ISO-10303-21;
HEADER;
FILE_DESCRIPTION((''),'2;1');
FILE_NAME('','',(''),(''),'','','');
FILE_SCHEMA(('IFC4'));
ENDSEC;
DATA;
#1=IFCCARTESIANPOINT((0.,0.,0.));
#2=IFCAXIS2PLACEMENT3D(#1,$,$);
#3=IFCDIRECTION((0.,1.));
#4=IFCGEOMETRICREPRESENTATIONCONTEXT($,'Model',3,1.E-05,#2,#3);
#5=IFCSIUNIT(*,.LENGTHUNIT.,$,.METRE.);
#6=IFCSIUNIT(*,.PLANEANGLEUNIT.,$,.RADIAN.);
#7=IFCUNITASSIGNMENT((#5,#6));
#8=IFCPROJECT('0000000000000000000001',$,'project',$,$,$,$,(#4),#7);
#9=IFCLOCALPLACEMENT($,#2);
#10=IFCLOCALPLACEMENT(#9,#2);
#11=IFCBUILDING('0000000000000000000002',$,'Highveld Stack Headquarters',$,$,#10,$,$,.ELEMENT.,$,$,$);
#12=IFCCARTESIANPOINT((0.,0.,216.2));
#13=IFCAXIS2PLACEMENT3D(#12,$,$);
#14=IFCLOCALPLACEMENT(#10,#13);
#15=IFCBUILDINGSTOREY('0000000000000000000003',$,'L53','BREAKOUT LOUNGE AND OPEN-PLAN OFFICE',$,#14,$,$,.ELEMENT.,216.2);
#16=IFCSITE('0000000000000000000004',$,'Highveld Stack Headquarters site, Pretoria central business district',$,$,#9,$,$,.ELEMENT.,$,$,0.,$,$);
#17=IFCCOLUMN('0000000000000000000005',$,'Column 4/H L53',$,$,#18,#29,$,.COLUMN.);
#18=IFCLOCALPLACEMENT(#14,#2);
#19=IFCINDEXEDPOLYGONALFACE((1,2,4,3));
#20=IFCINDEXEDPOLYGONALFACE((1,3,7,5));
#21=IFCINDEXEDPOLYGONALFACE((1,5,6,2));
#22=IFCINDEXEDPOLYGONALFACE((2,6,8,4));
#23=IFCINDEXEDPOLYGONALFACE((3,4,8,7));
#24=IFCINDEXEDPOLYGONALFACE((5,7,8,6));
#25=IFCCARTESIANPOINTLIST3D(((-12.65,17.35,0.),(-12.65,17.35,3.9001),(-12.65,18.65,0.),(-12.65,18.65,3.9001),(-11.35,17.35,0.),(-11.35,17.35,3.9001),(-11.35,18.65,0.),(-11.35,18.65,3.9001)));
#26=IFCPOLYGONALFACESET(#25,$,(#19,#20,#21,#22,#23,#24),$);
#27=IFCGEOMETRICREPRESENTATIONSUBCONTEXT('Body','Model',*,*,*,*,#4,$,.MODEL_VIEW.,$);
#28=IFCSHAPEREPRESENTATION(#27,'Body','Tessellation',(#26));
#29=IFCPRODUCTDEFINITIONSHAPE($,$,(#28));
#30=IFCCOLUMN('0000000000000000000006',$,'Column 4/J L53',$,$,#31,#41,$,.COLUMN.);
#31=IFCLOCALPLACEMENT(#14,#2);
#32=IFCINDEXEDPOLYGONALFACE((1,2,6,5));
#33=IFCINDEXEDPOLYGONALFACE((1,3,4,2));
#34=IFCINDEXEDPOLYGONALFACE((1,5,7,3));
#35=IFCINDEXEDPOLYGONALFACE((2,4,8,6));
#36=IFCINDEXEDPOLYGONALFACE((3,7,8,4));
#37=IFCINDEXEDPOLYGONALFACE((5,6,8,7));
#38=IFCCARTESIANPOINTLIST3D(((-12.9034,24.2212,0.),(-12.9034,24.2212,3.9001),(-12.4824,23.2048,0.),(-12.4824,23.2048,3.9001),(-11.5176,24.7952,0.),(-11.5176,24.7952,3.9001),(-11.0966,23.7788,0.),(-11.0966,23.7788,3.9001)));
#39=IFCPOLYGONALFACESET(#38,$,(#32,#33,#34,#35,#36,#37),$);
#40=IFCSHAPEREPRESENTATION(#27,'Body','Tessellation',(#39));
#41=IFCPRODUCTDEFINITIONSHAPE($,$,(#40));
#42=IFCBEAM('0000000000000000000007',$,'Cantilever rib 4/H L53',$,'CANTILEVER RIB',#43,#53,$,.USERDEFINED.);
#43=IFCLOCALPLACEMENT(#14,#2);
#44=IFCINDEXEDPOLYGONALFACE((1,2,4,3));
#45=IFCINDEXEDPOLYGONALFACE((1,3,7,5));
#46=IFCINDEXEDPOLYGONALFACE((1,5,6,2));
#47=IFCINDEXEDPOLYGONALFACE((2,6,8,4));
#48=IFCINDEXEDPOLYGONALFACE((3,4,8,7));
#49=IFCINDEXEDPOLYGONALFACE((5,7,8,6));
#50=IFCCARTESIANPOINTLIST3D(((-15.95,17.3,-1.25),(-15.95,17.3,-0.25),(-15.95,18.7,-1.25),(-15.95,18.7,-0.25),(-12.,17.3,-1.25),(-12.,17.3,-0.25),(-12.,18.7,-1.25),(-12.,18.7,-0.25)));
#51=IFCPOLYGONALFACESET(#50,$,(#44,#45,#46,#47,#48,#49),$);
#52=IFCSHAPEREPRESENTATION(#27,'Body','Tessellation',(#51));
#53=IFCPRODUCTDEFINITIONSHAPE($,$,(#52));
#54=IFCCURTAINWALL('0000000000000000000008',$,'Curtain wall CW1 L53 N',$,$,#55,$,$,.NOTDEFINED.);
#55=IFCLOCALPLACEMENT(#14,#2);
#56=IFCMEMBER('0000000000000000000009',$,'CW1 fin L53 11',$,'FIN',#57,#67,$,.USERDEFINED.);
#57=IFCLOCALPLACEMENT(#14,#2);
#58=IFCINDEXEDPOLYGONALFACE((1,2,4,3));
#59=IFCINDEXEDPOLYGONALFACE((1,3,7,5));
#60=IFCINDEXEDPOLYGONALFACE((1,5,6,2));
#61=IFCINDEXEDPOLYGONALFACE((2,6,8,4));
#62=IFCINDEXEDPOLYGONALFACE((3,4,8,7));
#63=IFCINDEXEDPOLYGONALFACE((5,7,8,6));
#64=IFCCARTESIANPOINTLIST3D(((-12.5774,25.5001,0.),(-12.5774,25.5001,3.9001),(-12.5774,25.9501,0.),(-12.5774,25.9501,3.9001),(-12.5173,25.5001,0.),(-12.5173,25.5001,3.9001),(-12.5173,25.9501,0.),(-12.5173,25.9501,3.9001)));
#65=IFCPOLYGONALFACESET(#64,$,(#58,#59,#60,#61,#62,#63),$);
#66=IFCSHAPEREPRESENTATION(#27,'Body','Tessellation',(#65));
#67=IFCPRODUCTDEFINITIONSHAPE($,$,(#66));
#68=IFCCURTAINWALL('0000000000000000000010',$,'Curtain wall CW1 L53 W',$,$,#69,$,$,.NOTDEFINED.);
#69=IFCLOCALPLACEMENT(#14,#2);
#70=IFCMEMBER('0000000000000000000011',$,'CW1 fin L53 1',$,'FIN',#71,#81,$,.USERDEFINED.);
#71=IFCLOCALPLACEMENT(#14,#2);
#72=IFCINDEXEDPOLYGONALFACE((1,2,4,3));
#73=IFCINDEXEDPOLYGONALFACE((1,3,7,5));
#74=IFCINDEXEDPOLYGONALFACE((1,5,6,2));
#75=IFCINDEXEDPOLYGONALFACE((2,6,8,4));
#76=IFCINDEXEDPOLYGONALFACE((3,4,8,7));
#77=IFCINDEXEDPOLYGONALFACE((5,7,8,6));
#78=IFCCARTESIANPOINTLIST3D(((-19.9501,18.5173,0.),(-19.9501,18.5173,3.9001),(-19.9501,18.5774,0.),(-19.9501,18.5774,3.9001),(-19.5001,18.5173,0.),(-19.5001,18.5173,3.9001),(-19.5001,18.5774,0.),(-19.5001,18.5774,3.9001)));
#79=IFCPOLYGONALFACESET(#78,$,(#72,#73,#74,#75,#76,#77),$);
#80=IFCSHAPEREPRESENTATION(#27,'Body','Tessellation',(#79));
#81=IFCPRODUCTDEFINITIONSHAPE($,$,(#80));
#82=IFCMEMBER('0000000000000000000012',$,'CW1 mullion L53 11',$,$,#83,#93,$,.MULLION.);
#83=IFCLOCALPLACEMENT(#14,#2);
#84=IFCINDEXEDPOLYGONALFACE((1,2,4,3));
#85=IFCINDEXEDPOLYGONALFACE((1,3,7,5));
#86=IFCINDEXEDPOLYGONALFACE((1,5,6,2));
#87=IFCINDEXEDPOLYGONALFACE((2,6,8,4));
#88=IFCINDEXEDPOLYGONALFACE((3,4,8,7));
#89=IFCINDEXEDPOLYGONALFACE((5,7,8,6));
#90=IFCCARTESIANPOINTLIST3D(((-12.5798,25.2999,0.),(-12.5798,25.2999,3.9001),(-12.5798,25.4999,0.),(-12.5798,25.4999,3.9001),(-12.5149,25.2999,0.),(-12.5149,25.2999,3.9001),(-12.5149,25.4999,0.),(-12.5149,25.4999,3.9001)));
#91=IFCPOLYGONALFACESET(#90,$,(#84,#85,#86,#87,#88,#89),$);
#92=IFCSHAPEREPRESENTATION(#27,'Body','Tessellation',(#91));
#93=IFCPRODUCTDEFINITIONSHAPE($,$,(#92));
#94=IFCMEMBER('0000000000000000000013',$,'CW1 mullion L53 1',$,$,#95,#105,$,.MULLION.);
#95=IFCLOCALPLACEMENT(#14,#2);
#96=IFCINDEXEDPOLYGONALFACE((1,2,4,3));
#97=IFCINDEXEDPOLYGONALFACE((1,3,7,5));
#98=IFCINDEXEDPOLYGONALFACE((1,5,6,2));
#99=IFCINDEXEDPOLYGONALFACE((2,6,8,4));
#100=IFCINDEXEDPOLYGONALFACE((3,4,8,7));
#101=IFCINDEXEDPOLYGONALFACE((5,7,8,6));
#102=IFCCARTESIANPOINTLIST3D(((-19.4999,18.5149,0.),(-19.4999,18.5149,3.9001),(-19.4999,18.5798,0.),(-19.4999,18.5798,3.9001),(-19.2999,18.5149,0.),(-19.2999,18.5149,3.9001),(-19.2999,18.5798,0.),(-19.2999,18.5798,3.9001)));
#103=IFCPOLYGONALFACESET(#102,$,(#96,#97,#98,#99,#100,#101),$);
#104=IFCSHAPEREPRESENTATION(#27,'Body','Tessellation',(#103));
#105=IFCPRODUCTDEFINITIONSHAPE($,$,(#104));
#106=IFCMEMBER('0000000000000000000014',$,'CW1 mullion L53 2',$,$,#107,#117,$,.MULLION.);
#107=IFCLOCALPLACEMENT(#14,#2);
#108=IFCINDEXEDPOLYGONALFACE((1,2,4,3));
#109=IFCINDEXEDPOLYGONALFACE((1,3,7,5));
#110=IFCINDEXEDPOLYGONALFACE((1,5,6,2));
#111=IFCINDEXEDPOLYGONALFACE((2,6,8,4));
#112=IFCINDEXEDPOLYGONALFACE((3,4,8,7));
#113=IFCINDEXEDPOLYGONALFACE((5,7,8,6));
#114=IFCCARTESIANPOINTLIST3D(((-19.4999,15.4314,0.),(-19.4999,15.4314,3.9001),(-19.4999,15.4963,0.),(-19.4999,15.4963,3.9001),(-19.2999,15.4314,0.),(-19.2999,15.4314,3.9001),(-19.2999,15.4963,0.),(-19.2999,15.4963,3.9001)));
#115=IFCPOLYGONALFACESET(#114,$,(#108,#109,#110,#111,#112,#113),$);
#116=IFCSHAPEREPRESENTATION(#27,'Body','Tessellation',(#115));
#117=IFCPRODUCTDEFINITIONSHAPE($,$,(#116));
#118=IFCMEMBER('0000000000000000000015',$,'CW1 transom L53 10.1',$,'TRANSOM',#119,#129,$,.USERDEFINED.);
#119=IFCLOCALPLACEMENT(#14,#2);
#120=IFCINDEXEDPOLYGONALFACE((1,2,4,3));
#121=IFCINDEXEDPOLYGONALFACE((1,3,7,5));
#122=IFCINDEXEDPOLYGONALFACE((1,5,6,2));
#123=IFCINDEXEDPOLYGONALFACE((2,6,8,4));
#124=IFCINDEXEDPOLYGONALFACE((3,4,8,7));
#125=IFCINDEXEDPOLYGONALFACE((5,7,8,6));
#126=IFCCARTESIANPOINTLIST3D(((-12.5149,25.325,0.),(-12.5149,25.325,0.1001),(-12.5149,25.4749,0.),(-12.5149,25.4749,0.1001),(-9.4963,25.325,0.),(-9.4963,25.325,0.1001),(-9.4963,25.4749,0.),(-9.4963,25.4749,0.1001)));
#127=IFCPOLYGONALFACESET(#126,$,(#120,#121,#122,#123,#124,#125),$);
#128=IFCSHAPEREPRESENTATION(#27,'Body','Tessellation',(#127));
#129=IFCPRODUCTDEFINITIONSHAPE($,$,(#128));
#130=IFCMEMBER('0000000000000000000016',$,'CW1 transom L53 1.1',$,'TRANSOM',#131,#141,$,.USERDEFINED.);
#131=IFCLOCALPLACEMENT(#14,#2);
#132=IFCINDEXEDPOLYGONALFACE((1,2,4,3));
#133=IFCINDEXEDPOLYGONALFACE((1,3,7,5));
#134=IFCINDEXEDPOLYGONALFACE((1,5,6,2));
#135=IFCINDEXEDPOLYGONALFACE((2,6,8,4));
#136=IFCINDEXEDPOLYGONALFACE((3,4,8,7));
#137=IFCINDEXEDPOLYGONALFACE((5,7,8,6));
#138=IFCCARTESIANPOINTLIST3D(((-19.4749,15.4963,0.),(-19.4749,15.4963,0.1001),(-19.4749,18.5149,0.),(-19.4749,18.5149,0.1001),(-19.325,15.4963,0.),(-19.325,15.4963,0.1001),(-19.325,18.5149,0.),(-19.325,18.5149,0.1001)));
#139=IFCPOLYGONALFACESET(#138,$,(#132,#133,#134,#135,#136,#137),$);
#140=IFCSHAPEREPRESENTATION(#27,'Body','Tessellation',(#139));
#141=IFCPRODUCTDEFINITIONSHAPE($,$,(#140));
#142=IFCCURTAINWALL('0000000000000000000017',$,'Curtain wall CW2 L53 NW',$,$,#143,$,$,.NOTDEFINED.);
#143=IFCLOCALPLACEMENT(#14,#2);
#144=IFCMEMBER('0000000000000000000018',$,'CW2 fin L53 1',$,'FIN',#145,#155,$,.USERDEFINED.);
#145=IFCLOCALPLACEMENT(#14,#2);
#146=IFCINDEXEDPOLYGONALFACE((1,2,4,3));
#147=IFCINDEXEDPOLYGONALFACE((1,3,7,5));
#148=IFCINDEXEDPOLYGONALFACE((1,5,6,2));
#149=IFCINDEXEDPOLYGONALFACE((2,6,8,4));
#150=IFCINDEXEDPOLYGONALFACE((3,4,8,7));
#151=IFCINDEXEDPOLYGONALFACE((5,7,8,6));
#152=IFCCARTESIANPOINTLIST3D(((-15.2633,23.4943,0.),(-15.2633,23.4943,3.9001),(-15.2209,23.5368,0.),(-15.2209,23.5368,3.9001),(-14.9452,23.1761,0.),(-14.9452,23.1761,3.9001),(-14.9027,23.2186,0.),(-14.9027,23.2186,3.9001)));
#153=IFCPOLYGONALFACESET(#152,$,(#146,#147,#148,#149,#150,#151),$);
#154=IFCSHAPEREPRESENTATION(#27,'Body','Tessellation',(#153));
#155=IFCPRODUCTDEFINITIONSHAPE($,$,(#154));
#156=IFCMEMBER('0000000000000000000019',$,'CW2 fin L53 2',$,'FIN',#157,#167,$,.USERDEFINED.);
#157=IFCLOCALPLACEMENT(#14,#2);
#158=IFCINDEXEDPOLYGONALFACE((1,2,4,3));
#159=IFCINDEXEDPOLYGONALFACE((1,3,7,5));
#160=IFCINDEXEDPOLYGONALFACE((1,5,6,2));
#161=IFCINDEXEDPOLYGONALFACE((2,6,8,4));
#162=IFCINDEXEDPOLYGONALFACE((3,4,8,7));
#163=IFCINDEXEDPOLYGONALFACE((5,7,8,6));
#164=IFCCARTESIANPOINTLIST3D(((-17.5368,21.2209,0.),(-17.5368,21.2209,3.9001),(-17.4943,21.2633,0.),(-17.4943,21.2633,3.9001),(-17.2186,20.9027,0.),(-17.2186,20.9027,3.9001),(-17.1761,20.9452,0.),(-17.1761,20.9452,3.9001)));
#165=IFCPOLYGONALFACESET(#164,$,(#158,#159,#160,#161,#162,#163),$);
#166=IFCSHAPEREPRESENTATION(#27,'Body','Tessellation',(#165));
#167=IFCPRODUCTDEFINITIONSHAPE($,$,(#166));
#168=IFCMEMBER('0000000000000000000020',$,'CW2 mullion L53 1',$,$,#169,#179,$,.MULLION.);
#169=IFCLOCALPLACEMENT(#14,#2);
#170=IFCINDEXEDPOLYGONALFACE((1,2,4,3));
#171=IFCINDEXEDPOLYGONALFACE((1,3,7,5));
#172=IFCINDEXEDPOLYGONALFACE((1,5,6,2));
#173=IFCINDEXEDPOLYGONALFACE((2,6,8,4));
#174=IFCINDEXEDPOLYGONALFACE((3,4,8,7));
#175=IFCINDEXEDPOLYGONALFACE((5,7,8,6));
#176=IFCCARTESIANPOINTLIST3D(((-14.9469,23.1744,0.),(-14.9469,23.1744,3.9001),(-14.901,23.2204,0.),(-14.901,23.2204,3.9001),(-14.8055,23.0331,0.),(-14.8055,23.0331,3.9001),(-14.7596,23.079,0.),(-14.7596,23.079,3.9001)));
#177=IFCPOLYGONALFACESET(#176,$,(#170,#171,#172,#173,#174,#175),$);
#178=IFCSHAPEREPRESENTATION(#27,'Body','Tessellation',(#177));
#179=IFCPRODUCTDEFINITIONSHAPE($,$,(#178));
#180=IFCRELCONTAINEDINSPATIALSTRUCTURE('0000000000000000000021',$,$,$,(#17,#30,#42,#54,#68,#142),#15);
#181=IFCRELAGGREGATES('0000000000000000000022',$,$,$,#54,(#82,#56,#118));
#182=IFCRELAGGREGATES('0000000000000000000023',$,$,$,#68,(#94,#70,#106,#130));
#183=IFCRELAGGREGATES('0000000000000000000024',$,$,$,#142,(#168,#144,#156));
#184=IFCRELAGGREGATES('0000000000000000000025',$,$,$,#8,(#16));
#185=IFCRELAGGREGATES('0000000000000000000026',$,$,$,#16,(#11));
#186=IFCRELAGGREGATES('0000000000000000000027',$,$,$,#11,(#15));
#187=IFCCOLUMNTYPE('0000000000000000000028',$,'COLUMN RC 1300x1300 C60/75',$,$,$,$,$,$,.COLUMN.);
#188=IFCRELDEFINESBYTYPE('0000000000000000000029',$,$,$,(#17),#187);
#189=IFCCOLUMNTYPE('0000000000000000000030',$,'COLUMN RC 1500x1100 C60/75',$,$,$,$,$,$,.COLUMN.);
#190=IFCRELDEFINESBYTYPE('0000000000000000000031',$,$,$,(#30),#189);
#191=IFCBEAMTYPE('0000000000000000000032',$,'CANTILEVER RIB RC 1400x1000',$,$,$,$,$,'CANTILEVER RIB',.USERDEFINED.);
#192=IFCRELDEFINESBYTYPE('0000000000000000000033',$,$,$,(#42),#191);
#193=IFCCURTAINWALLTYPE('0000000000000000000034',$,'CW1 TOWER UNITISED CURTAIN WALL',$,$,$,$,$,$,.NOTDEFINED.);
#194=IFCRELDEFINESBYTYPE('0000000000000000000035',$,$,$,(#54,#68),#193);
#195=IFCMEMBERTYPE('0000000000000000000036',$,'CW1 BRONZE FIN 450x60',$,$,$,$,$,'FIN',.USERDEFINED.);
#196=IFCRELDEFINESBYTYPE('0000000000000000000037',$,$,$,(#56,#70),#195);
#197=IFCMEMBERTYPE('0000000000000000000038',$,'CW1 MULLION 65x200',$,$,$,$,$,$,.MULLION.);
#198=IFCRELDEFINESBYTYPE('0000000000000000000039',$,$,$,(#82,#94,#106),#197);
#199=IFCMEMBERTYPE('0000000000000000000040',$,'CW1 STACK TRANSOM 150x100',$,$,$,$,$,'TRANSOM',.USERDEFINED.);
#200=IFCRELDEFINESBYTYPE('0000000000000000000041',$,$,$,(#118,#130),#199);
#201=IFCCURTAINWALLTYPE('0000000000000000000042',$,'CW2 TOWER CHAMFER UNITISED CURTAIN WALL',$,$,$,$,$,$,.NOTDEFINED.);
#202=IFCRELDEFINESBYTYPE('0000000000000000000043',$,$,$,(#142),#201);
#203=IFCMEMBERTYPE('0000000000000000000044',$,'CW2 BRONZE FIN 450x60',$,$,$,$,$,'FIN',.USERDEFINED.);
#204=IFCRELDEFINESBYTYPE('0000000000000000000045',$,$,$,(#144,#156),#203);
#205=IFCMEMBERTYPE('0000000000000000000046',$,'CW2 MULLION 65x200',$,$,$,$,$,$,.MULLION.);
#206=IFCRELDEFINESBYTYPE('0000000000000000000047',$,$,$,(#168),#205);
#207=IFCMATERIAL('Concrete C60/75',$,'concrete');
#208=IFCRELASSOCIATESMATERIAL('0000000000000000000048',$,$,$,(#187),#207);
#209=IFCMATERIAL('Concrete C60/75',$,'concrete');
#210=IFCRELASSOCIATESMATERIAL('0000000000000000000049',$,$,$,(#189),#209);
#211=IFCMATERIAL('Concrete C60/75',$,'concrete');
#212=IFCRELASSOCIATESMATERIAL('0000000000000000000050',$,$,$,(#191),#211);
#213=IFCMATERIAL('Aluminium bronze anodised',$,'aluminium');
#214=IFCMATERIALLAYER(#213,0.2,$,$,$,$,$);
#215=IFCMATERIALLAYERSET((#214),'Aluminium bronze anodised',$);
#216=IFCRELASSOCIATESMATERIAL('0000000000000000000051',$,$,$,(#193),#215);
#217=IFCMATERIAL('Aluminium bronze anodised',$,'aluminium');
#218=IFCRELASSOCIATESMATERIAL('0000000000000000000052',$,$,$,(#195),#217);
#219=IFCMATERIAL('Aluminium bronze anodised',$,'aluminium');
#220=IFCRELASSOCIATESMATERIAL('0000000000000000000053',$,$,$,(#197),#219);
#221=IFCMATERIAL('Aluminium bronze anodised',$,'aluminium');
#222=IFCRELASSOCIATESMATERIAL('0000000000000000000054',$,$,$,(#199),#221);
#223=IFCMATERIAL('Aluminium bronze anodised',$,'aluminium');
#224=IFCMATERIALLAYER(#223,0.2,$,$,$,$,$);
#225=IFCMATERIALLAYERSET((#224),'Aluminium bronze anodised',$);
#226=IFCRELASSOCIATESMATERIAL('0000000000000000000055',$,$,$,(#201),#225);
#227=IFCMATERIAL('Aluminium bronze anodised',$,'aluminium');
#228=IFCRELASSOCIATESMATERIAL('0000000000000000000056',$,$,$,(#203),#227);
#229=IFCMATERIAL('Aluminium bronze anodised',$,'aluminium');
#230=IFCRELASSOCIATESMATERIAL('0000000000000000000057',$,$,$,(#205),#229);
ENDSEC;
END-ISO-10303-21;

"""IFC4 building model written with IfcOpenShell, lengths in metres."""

from ifc_helpers import new_model, si_unit, direction, frame, origin, origin_2d, place, context, subcontext, project, spatial, rectangle, extrude, material, layer, layer_set, material_profile, profile_set, type_object, element, aggregate, save


model = new_model("IFC4")

# Units and contexts
model_context = context("Model", 3, precision=1e-05, world=origin(), true_north=direction((0.0, 1.0)))
body_context = subcontext(model_context, "Body", "Model", "MODEL_VIEW")
ifc_project = project(units=[si_unit("LENGTHUNIT", "METRE"), si_unit("PLANEANGLEUNIT", "RADIAN")], contexts=[model_context])

# Site, building, storey
site_placement = place(None, origin())
site = spatial("IfcSite", under=ifc_project, at=site_placement, Name="Highveld Stack Headquarters site, Pretoria central business district", CompositionType="ELEMENT", RefElevation=0.0)
building_placement = place(site_placement, origin())
building = spatial("IfcBuilding", under=site, at=building_placement, Name="Highveld Stack Headquarters", CompositionType="ELEMENT")
storey_placement = place(building_placement, frame((0.0, 0.0, 216.2)))
storey = spatial("IfcBuildingStorey", under=building, at=storey_placement, Name="L53", Description="BREAKOUT LOUNGE AND OPEN-PLAN OFFICE", CompositionType="ELEMENT", Elevation=216.2)

# Columns
ifc_material_1 = material(Name="Concrete C60/75", Category="concrete")
ifc_material_profile_1 = material_profile(ifc_material_1, rectangle(XDim=1.3, YDim=1.3, at=origin_2d()), Name="RC 1300x1300")
ifc_profile_set_1 = profile_set([ifc_material_profile_1], Name="Concrete C60/75")
column_type_1 = type_object("IfcColumnType", Name="COLUMN RC 1300x1300 C60/75", PredefinedType="COLUMN", material=ifc_profile_set_1)
column_1_placement = place(storey_placement, frame((-12.0, 18.0, 0.0), z_axis=(0.0, 0.0, 1.0), x_axis=(1.0, 0.0, 0.0)))
element("IfcColumn", 1, at=column_1_placement, inside=storey, type_object=column_type_1, Name="Column 4/H L53", PredefinedType="COLUMN", context=body_context, shape_type="SweptSolid", body=[
    extrude(rectangle(XDim=1.3, YDim=1.3, at=origin_2d()), origin(), (0.0, 0.0, 1.0), 3.9001),
])
ifc_material_2 = material(Name="Concrete C60/75", Category="concrete")
ifc_material_profile_2 = material_profile(ifc_material_2, rectangle(XDim=1.5, YDim=1.1001, at=origin_2d()), Name="RC 1500x1100")
ifc_profile_set_2 = profile_set([ifc_material_profile_2], Name="Concrete C60/75")
column_type_2 = type_object("IfcColumnType", Name="COLUMN RC 1500x1100 C60/75", PredefinedType="COLUMN", material=ifc_profile_set_2)
column_2_placement = place(storey_placement, frame((-12.0, 24.0, 0.0), z_axis=(0.0, 0.0, 1.0), x_axis=(0.92388, 0.382683, 0.0)))
element("IfcColumn", 2, at=column_2_placement, inside=storey, type_object=column_type_2, Name="Column 4/J L53", PredefinedType="COLUMN", context=body_context, shape_type="SweptSolid", body=[
    extrude(rectangle(XDim=1.5, YDim=1.1001, at=origin_2d()), origin(), (0.0, 0.0, 1.0), 3.9001),
])

# Beam
ifc_material_3 = material(Name="Concrete C60/75", Category="concrete")
ifc_material_profile_3 = material_profile(ifc_material_3, rectangle(XDim=1.3999, YDim=1.0, at=origin_2d()), Name="RC 1400x1000")
ifc_profile_set_3 = profile_set([ifc_material_profile_3], Name="Concrete C60/75")
beam_type = type_object("IfcBeamType", Name="CANTILEVER RIB RC 1400x1000", ElementType="CANTILEVER RIB", PredefinedType="USERDEFINED", material=ifc_profile_set_3)
beam_placement = place(storey_placement, frame((-12.0, 18.0, -0.75), z_axis=(-1.0, 0.0, 0.0), x_axis=(0.0, -1.0, 0.0)))
element("IfcBeam", 3, at=beam_placement, inside=storey, type_object=beam_type, Name="Cantilever rib 4/H L53", ObjectType="CANTILEVER RIB", PredefinedType="USERDEFINED", context=body_context, shape_type="SweptSolid", body=[
    extrude(rectangle(XDim=1.3999, YDim=1.0, at=origin_2d()), origin(), (0.0, 0.0, 1.0), 3.95),
])

# Curtain walls, members
ifc_material_4 = material(Name="Aluminium bronze anodised", Category="aluminium")
ifc_layer_1 = layer(ifc_material_4, 0.2)
ifc_layer_set_1 = layer_set([ifc_layer_1], Name="Aluminium bronze anodised")
curtain_wall_type_1 = type_object("IfcCurtainWallType", Name="CW1 TOWER UNITISED CURTAIN WALL", PredefinedType="NOTDEFINED", material=ifc_layer_set_1)
curtain_wall_1_placement = place(storey_placement, origin())
curtain_wall_1 = element("IfcCurtainWall", 4, at=curtain_wall_1_placement, inside=storey, type_object=curtain_wall_type_1, Name="Curtain wall CW1 L53 N", PredefinedType="NOTDEFINED")
ifc_material_5 = material(Name="Aluminium bronze anodised", Category="aluminium")
ifc_material_profile_4 = material_profile(ifc_material_5, rectangle(XDim=0.45, YDim=0.0601, at=origin_2d()), Name="FIN 450x60")
ifc_profile_set_4 = profile_set([ifc_material_profile_4], Name="Aluminium bronze anodised")
member_type_1 = type_object("IfcMemberType", Name="CW1 BRONZE FIN 450x60", ElementType="FIN", PredefinedType="USERDEFINED", material=ifc_profile_set_4)
member_1_placement = place(storey_placement, frame((-12.5474, 25.7251, 0.0), z_axis=(0.0, 0.0, 1.0), x_axis=(0.0, -1.0, 0.0)))
member_1 = element("IfcMember", 5, at=member_1_placement, type_object=member_type_1, Name="CW1 fin L53 11", ObjectType="FIN", PredefinedType="USERDEFINED", context=body_context, shape_type="SweptSolid", body=[
    extrude(rectangle(XDim=0.45, YDim=0.0601, at=origin_2d()), origin(), (0.0, 0.0, 1.0), 3.9001),
])
curtain_wall_2_placement = place(storey_placement, origin())
curtain_wall_2 = element("IfcCurtainWall", 6, at=curtain_wall_2_placement, inside=storey, type_object=curtain_wall_type_1, Name="Curtain wall CW1 L53 W", PredefinedType="NOTDEFINED")
member_2_placement = place(storey_placement, frame((-19.7251, 18.5474, 0.0), z_axis=(0.0, 0.0, 1.0), x_axis=(1.0, 0.0, 0.0)))
member_2 = element("IfcMember", 7, at=member_2_placement, type_object=member_type_1, Name="CW1 fin L53 1", ObjectType="FIN", PredefinedType="USERDEFINED", context=body_context, shape_type="SweptSolid", body=[
    extrude(rectangle(XDim=0.45, YDim=0.0601, at=origin_2d()), origin(), (0.0, 0.0, 1.0), 3.9001),
])

# Members
ifc_material_6 = material(Name="Aluminium bronze anodised", Category="aluminium")
ifc_material_profile_5 = material_profile(ifc_material_6, rectangle(XDim=0.2, YDim=0.0649, at=origin_2d()), Name="CW1 MULLION 65x200")
ifc_profile_set_5 = profile_set([ifc_material_profile_5], Name="Aluminium bronze anodised")
member_type_2 = type_object("IfcMemberType", Name="CW1 MULLION 65x200", PredefinedType="MULLION", material=ifc_profile_set_5)
member_3_placement = place(storey_placement, frame((-12.5474, 25.3999, 0.0), z_axis=(0.0, 0.0, 1.0), x_axis=(0.0, -1.0, 0.0)))
member_3 = element("IfcMember", 8, at=member_3_placement, type_object=member_type_2, Name="CW1 mullion L53 11", PredefinedType="MULLION", context=body_context, shape_type="SweptSolid", body=[
    extrude(rectangle(XDim=0.2, YDim=0.0649, at=origin_2d()), origin(), (0.0, 0.0, 1.0), 3.9001),
])
member_4_placement = place(storey_placement, frame((-19.3999, 18.5474, 0.0), z_axis=(0.0, 0.0, 1.0), x_axis=(1.0, 0.0, 0.0)))
member_4 = element("IfcMember", 9, at=member_4_placement, type_object=member_type_2, Name="CW1 mullion L53 1", PredefinedType="MULLION", context=body_context, shape_type="SweptSolid", body=[
    extrude(rectangle(XDim=0.2, YDim=0.0649, at=origin_2d()), origin(), (0.0, 0.0, 1.0), 3.9001),
])
member_5_placement = place(storey_placement, frame((-19.3999, 15.4639, 0.0), z_axis=(0.0, 0.0, 1.0), x_axis=(1.0, 0.0, 0.0)))
member_5 = element("IfcMember", 10, at=member_5_placement, type_object=member_type_2, Name="CW1 mullion L53 2", PredefinedType="MULLION", context=body_context, shape_type="SweptSolid", body=[
    extrude(rectangle(XDim=0.2, YDim=0.0649, at=origin_2d()), origin(), (0.0, 0.0, 1.0), 3.9001),
])
ifc_material_7 = material(Name="Aluminium bronze anodised", Category="aluminium")
ifc_material_profile_6 = material_profile(ifc_material_7, rectangle(XDim=0.1499, YDim=0.1001, at=origin_2d()), Name="CW1 TRANSOM 150x100")
ifc_profile_set_6 = profile_set([ifc_material_profile_6], Name="Aluminium bronze anodised")
member_type_3 = type_object("IfcMemberType", Name="CW1 STACK TRANSOM 150x100", ElementType="TRANSOM", PredefinedType="USERDEFINED", material=ifc_profile_set_6)
member_6_placement = place(storey_placement, frame((-9.4963, 25.3999, 0.05), z_axis=(-1.0, 0.0, 0.0), x_axis=(0.0, -1.0, 0.0)))
member_6 = element("IfcMember", 11, at=member_6_placement, type_object=member_type_3, Name="CW1 transom L53 10.1", ObjectType="TRANSOM", PredefinedType="USERDEFINED", context=body_context, shape_type="SweptSolid", body=[
    extrude(rectangle(XDim=0.1499, YDim=0.1001, at=origin_2d()), origin(), (0.0, 0.0, 1.0), 3.0186),
])
member_7_placement = place(storey_placement, frame((-19.3999, 18.5149, 0.05), z_axis=(0.0, -1.0, 0.0), x_axis=(1.0, 0.0, 0.0)))
member_7 = element("IfcMember", 12, at=member_7_placement, type_object=member_type_3, Name="CW1 transom L53 1.1", ObjectType="TRANSOM", PredefinedType="USERDEFINED", context=body_context, shape_type="SweptSolid", body=[
    extrude(rectangle(XDim=0.1499, YDim=0.1001, at=origin_2d()), origin(), (0.0, 0.0, 1.0), 3.0186),
])

# Curtain wall, members
ifc_material_8 = material(Name="Aluminium bronze anodised", Category="aluminium")
ifc_layer_2 = layer(ifc_material_8, 0.2)
ifc_layer_set_2 = layer_set([ifc_layer_2], Name="Aluminium bronze anodised")
curtain_wall_type_2 = type_object("IfcCurtainWallType", Name="CW2 TOWER CHAMFER UNITISED CURTAIN WALL", PredefinedType="NOTDEFINED", material=ifc_layer_set_2)
curtain_wall_3_placement = place(storey_placement, origin())
curtain_wall_3 = element("IfcCurtainWall", 13, at=curtain_wall_3_placement, inside=storey, type_object=curtain_wall_type_2, Name="Curtain wall CW2 L53 NW", PredefinedType="NOTDEFINED")
ifc_material_9 = material(Name="Aluminium bronze anodised", Category="aluminium")
ifc_material_profile_7 = material_profile(ifc_material_9, rectangle(XDim=0.45, YDim=0.0601, at=origin_2d()), Name="FIN 450x60")
ifc_profile_set_7 = profile_set([ifc_material_profile_7], Name="Aluminium bronze anodised")
member_type_4 = type_object("IfcMemberType", Name="CW2 BRONZE FIN 450x60", ElementType="FIN", PredefinedType="USERDEFINED", material=ifc_profile_set_7)
member_8_placement = place(storey_placement, frame((-15.083, 23.3564, 0.0), z_axis=(0.0, 0.0, 1.0), x_axis=(0.707107, -0.707107, 0.0)))
member_8 = element("IfcMember", 14, at=member_8_placement, type_object=member_type_4, Name="CW2 fin L53 1", ObjectType="FIN", PredefinedType="USERDEFINED", context=body_context, shape_type="SweptSolid", body=[
    extrude(rectangle(XDim=0.45, YDim=0.0601, at=origin_2d()), origin(), (0.0, 0.0, 1.0), 3.9001),
])
member_9_placement = place(storey_placement, frame((-17.3564, 21.083, 0.0), z_axis=(0.0, 0.0, 1.0), x_axis=(0.707107, -0.707107, 0.0)))
member_9 = element("IfcMember", 15, at=member_9_placement, type_object=member_type_4, Name="CW2 fin L53 2", ObjectType="FIN", PredefinedType="USERDEFINED", context=body_context, shape_type="SweptSolid", body=[
    extrude(rectangle(XDim=0.45, YDim=0.0601, at=origin_2d()), origin(), (0.0, 0.0, 1.0), 3.9001),
])
ifc_material_10 = material(Name="Aluminium bronze anodised", Category="aluminium")
ifc_material_profile_8 = material_profile(ifc_material_10, rectangle(XDim=0.2, YDim=0.0649, at=origin_2d()), Name="CW2 MULLION 65x200")
ifc_profile_set_8 = profile_set([ifc_material_profile_8], Name="Aluminium bronze anodised")
member_type_5 = type_object("IfcMemberType", Name="CW2 MULLION 65x200", PredefinedType="MULLION", material=ifc_profile_set_8)
member_10_placement = place(storey_placement, frame((-14.8533, 23.1267, 0.0), z_axis=(0.0, 0.0, 1.0), x_axis=(0.707107, -0.707107, 0.0)))
member_10 = element("IfcMember", 16, at=member_10_placement, type_object=member_type_5, Name="CW2 mullion L53 1", PredefinedType="MULLION", context=body_context, shape_type="SweptSolid", body=[
    extrude(rectangle(XDim=0.2, YDim=0.0649, at=origin_2d()), origin(), (0.0, 0.0, 1.0), 3.9001),
])

aggregate(curtain_wall_1, [member_3, member_1, member_6])
aggregate(curtain_wall_2, [member_4, member_2, member_5, member_7])
aggregate(curtain_wall_3, [member_10, member_8, member_9])

save(model, "model.ifc")
